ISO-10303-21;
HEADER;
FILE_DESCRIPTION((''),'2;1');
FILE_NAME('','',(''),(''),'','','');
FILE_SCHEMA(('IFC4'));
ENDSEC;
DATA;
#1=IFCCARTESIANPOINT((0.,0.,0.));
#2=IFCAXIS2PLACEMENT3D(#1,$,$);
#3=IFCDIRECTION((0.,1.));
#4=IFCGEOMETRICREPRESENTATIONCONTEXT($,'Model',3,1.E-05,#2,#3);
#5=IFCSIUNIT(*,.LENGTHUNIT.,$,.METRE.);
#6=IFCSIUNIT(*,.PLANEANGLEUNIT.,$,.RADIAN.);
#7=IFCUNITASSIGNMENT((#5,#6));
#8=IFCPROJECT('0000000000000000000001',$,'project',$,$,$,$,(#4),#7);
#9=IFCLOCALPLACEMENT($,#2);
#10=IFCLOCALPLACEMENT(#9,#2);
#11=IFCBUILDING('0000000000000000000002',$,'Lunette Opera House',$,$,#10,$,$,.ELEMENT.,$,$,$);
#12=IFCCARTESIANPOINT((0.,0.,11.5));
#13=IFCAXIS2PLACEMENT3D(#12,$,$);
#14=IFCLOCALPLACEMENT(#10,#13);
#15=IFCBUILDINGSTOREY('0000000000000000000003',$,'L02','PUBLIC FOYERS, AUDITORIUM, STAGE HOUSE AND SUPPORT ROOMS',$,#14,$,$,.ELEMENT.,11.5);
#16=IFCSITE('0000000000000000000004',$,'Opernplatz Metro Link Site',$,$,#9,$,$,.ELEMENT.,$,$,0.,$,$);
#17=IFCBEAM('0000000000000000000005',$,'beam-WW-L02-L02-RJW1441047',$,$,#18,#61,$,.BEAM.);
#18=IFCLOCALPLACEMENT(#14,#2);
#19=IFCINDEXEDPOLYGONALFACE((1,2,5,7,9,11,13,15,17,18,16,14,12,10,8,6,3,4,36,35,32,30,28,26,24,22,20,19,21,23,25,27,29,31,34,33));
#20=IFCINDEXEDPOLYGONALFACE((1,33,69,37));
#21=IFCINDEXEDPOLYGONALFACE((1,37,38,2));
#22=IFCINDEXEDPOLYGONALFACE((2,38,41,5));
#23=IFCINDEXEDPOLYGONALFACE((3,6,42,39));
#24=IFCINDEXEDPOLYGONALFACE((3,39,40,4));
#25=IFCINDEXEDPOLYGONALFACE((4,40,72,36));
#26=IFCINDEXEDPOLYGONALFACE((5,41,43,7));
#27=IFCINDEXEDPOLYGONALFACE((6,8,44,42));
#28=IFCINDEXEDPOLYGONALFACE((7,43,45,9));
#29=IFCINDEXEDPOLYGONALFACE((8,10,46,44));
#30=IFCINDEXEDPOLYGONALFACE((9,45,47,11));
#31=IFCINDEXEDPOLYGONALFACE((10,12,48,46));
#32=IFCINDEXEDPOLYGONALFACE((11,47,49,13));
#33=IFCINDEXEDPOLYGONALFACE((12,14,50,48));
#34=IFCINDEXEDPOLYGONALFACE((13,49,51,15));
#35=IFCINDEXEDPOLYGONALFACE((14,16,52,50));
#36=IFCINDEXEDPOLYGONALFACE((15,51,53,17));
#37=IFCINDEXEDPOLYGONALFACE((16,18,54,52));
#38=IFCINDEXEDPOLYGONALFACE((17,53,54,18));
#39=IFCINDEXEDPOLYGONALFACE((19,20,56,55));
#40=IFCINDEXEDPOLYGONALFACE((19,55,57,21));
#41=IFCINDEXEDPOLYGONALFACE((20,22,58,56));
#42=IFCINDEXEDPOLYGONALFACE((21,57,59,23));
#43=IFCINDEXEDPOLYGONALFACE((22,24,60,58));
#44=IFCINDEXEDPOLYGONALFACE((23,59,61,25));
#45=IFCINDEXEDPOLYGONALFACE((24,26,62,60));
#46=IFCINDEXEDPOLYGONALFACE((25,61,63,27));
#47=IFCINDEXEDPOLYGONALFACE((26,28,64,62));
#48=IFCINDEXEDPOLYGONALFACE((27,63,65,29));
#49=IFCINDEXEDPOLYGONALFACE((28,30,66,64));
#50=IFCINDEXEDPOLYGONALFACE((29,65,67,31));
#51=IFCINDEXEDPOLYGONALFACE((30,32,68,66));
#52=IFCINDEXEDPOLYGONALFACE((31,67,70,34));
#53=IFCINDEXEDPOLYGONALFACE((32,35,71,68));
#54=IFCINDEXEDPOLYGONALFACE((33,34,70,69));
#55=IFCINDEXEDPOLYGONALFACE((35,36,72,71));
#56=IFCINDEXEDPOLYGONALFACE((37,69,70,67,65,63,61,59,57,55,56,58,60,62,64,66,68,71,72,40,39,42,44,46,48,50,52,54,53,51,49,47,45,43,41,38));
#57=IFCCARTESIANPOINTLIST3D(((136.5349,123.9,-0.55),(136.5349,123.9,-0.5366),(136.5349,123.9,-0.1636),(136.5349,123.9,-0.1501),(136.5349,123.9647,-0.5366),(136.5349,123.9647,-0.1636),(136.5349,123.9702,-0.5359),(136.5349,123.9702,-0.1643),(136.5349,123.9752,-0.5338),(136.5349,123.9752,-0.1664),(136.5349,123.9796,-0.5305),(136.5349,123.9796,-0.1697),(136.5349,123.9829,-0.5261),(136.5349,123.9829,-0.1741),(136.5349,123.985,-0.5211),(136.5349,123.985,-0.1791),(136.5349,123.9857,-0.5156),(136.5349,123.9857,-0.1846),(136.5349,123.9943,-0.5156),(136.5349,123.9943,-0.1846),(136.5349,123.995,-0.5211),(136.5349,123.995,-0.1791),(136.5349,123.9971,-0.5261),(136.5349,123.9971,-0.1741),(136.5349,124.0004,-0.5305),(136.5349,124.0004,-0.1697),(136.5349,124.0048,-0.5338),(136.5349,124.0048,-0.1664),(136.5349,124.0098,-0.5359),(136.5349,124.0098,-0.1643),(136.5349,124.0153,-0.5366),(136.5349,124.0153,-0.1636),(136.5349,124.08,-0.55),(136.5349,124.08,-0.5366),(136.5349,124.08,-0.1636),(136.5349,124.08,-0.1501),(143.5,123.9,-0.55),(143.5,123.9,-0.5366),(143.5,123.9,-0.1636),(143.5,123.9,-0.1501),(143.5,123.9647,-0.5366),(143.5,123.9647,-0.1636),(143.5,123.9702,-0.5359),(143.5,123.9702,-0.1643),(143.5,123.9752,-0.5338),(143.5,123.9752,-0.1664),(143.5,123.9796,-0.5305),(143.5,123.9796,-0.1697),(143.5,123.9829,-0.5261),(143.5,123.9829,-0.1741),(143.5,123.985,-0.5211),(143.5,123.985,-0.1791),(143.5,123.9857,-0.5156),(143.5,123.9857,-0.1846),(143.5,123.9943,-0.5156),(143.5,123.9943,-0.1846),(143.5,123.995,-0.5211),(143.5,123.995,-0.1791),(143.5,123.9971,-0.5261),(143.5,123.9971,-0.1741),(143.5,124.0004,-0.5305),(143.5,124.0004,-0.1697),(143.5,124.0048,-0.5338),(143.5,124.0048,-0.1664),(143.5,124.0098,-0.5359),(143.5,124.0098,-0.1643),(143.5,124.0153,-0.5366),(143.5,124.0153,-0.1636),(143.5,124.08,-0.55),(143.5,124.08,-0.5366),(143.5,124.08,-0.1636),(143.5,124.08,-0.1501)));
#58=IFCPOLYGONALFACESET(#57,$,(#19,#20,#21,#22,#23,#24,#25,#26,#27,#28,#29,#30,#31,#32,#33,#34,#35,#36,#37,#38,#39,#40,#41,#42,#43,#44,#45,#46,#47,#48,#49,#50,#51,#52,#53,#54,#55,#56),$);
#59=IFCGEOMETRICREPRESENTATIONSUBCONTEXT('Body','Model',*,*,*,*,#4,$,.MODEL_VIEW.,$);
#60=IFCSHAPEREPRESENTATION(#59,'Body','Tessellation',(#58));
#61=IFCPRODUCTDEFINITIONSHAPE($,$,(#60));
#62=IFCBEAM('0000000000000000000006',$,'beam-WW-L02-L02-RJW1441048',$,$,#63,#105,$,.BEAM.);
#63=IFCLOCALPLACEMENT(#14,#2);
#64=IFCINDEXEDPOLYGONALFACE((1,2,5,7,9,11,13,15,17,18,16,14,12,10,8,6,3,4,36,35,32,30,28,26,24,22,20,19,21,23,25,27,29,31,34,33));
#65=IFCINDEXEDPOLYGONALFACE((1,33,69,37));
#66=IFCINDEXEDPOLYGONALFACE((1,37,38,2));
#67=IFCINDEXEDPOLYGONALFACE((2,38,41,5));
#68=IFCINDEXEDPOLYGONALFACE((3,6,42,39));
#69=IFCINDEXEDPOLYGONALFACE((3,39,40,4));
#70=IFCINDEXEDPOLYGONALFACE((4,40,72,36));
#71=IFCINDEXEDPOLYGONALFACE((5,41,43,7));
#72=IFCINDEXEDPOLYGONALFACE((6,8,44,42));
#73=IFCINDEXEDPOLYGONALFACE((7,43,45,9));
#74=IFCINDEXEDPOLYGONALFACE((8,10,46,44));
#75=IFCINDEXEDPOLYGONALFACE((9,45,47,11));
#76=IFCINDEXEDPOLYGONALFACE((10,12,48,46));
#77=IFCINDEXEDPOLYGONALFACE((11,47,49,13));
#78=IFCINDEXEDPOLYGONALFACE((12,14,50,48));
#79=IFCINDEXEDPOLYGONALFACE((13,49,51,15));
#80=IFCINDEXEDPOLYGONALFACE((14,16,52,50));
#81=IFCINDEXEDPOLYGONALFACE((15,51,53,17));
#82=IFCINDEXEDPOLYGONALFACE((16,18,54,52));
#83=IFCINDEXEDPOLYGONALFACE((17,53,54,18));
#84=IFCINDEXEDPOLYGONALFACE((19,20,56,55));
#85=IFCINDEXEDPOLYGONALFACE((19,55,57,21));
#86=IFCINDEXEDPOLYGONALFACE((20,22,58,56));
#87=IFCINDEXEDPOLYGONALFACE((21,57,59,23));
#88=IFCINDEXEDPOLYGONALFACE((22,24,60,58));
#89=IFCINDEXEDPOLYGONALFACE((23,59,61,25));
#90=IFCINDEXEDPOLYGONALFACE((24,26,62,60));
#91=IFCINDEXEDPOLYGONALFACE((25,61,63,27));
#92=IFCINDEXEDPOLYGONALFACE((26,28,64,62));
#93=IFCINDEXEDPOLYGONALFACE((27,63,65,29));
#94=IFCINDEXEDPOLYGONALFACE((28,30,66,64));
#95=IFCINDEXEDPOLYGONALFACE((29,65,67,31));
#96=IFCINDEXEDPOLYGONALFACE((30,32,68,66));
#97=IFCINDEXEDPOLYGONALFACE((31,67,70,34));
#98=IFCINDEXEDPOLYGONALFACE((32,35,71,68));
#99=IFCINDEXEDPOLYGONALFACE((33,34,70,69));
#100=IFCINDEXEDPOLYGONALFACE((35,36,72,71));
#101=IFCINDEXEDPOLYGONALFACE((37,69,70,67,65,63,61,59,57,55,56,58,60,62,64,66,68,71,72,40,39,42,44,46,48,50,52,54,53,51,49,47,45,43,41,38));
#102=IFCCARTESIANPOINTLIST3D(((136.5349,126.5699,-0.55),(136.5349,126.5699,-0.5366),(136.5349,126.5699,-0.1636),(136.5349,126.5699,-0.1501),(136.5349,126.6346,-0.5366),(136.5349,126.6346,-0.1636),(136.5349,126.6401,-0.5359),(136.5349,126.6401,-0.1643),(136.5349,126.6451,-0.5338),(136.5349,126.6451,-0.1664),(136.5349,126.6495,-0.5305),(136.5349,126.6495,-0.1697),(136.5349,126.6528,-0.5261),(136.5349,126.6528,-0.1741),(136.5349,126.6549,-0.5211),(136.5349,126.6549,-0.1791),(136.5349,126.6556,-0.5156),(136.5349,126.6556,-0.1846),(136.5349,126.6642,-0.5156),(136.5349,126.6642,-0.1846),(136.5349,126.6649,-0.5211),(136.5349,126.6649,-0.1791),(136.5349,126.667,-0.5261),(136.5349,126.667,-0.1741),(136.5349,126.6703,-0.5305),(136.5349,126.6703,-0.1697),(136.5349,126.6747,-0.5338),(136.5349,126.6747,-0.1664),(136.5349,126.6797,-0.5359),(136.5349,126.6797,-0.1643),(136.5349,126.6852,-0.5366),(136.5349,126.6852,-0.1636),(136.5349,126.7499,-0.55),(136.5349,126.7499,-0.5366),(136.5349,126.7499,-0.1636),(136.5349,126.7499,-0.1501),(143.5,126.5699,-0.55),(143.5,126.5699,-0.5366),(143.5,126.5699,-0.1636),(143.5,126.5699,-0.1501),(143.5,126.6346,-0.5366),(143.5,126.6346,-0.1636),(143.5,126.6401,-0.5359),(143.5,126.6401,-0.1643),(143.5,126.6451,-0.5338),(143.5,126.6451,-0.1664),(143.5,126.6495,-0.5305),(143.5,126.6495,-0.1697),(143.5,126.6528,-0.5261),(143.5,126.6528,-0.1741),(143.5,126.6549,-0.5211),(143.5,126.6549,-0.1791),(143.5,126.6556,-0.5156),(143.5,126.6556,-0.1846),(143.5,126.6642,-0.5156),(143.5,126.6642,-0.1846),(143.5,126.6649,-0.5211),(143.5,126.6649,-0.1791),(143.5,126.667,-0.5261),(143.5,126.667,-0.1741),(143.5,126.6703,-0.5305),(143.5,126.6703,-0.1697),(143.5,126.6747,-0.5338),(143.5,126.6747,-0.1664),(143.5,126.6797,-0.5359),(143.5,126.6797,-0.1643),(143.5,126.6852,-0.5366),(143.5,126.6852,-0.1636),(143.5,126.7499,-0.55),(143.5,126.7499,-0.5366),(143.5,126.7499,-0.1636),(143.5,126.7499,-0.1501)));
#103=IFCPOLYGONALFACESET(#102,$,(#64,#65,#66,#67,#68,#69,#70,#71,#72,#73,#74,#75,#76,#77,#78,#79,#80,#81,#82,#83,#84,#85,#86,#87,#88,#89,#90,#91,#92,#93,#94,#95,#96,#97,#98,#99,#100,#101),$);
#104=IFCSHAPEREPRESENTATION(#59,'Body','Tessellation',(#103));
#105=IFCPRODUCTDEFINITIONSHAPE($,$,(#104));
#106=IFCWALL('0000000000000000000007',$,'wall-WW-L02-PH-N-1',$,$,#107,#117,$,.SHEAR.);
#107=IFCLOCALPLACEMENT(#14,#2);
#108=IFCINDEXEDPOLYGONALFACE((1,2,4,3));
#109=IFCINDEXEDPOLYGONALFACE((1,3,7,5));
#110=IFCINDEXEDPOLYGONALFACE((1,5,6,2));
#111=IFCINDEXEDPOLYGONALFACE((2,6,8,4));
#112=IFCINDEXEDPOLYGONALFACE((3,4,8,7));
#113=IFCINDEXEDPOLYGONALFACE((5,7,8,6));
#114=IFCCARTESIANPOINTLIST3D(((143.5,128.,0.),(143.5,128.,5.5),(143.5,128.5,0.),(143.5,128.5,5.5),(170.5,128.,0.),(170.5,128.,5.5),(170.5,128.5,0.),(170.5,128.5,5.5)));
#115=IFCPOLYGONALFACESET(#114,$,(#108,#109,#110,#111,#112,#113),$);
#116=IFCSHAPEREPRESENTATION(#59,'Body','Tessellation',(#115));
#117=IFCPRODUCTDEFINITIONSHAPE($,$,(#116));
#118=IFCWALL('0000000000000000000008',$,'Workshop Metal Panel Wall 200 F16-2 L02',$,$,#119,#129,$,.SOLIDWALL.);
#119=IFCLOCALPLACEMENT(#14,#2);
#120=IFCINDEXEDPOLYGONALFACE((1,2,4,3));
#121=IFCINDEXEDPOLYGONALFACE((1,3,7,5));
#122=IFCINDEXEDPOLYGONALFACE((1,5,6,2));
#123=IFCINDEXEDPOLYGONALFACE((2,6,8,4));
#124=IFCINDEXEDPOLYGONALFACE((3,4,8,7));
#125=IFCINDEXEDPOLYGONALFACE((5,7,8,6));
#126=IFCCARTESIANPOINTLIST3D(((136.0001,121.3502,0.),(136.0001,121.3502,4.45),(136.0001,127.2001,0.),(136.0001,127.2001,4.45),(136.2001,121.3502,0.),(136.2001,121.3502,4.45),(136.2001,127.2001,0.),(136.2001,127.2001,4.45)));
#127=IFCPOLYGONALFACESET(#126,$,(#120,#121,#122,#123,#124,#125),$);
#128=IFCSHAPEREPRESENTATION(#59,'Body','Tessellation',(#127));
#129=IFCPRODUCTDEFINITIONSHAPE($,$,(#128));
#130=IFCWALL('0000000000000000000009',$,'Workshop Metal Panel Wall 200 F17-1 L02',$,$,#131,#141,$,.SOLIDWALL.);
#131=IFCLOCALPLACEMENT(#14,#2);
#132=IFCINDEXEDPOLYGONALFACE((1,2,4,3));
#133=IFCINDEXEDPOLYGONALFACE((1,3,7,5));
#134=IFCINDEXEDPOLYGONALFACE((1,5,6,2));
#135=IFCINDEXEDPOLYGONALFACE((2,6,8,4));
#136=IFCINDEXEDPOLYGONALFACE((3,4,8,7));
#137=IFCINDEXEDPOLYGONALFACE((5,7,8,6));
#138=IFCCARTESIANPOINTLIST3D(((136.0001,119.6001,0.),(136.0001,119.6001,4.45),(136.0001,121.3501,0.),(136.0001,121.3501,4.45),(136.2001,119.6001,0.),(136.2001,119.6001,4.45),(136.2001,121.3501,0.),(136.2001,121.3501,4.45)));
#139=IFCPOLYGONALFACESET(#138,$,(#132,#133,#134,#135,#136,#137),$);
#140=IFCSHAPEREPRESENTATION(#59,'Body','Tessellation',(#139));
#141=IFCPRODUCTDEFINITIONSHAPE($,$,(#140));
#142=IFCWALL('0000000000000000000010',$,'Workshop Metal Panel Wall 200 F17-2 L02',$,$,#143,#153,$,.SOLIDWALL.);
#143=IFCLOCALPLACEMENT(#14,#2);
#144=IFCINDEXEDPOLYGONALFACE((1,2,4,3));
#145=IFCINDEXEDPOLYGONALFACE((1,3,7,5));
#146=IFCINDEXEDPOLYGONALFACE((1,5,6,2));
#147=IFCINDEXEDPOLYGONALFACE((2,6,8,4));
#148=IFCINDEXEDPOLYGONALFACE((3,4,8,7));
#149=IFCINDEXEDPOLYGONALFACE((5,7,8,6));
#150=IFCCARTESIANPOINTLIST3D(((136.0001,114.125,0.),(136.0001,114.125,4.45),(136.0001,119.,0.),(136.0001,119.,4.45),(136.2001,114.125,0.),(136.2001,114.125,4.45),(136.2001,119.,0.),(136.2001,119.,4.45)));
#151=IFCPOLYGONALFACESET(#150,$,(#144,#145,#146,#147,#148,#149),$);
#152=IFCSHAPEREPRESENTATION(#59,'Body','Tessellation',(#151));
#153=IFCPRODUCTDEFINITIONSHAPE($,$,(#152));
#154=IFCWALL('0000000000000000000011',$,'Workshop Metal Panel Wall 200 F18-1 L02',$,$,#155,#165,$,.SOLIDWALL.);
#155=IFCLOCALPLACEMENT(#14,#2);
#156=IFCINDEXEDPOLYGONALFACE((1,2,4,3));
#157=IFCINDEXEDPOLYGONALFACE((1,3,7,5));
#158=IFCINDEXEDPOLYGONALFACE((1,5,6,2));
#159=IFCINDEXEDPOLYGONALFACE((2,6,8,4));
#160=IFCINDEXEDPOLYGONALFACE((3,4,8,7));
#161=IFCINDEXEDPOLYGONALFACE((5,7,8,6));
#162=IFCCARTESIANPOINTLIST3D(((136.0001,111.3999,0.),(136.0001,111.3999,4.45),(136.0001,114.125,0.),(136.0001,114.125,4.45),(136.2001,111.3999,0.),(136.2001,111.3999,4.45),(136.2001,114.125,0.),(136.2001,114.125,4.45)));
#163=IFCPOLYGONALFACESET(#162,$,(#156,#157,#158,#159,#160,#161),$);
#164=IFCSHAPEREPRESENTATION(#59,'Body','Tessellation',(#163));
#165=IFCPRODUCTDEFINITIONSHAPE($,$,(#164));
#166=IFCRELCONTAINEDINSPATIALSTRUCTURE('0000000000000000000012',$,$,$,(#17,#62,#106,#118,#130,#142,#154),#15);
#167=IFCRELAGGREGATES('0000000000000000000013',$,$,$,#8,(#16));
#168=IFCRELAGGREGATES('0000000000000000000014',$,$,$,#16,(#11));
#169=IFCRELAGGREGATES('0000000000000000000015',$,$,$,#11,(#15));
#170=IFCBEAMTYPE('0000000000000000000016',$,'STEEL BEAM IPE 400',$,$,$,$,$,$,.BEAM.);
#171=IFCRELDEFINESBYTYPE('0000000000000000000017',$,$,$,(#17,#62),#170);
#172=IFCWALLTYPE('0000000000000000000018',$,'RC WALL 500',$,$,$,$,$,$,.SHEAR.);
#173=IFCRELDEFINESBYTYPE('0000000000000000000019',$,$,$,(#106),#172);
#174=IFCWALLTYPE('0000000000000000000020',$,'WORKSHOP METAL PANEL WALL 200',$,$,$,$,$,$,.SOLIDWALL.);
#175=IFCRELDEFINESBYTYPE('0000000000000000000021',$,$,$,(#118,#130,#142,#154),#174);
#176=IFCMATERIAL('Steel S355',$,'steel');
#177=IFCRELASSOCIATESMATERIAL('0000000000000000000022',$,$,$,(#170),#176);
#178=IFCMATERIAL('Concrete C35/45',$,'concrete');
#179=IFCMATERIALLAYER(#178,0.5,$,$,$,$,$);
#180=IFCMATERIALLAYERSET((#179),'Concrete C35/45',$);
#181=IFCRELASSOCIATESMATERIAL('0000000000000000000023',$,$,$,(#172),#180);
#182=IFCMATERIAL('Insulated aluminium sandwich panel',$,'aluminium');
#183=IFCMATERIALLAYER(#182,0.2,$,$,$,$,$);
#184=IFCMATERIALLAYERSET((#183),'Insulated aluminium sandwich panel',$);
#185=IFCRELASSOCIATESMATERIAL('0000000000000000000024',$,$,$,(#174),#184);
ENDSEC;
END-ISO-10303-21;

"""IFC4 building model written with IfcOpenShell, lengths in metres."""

from ifc_helpers import new_model, si_unit, direction, frame, frame_2d, origin, origin_2d, place, context, subcontext, project, spatial, rectangle, i_section, extrude, material, layer, layer_set, material_profile, profile_set, type_object, element, save


model = new_model("IFC4")

# Units and contexts
model_context = context("Model", 3, precision=1e-05, world=origin(), true_north=direction((0.0, 1.0)))
body_context = subcontext(model_context, "Body", "Model", "MODEL_VIEW")
ifc_project = project(units=[si_unit("LENGTHUNIT", "METRE"), si_unit("PLANEANGLEUNIT", "RADIAN")], contexts=[model_context])

# Site, building, storey
site_placement = place(None, origin())
site = spatial("IfcSite", under=ifc_project, at=site_placement, Name="Opernplatz Metro Link Site", CompositionType="ELEMENT", RefElevation=0.0)
building_placement = place(site_placement, origin())
building = spatial("IfcBuilding", under=site, at=building_placement, Name="Lunette Opera House", CompositionType="ELEMENT")
storey_placement = place(building_placement, frame((0.0, 0.0, 11.5)))
storey = spatial("IfcBuildingStorey", under=building, at=storey_placement, Name="L02", Description="PUBLIC FOYERS, AUDITORIUM, STAGE HOUSE AND SUPPORT ROOMS", CompositionType="ELEMENT", Elevation=11.5)

# Beams
ifc_material_1 = material(Name="Steel S355", Category="steel")
ifc_material_profile_1 = material_profile(ifc_material_1, i_section(OverallWidth=0.1799, OverallDepth=0.3999, WebThickness=0.0085, FlangeThickness=0.0134, FilletRadius=0.021, at=origin_2d()), Name="IPE 400")
ifc_profile_set_1 = profile_set([ifc_material_profile_1], Name="Steel S355")
beam_type_1 = type_object("IfcBeamType", Name="STEEL BEAM IPE 400", PredefinedType="BEAM", material=ifc_profile_set_1)
for number, where, z_axis, x_axis, name in (
    (1, (143.5, 123.99, -0.3501), (-1.0, 0.0, 0.0), (0.0, -1.0, 0.0), "beam-WW-L02-L02-RJW1441047"),
    (2, (143.5, 126.6599, -0.3501), (-1.0, 0.0, 0.0), (0.0, -1.0, 0.0), "beam-WW-L02-L02-RJW1441048"),
):
    element("IfcBeam", number, at=place(storey_placement, frame(where, z_axis=z_axis, x_axis=x_axis)), inside=storey, type_object=beam_type_1, Name=name, PredefinedType="BEAM", context=body_context, shape_type="SweptSolid", body=[
        extrude(i_section(OverallWidth=0.1799, OverallDepth=0.3999, WebThickness=0.0085, FlangeThickness=0.0134, FilletRadius=0.021, at=origin_2d()), origin(), (0.0, 0.0, 1.0), 6.9651),
    ])

# Walls
ifc_material_2 = material(Name="Concrete C35/45", Category="concrete")
ifc_layer_1 = layer(ifc_material_2, 0.5)
ifc_layer_set_1 = layer_set([ifc_layer_1], Name="Concrete C35/45")
wall_type_1 = type_object("IfcWallType", Name="RC WALL 500", PredefinedType="SHEAR", material=ifc_layer_set_1)
wall_1_placement = place(storey_placement, frame((143.5, 128.25, 0.0), z_axis=(0.0, 0.0, 1.0), x_axis=(1.0, 0.0, 0.0)))
element("IfcWall", 3, at=wall_1_placement, inside=storey, type_object=wall_type_1, Name="wall-WW-L02-PH-N-1", PredefinedType="SHEAR", context=body_context, shape_type="SweptSolid", body=[
    extrude(rectangle(XDim=27.0, YDim=0.5, at=frame_2d((13.5, 0.0))), origin(), (0.0, 0.0, 1.0), 5.5),
])
ifc_material_3 = material(Name="Insulated aluminium sandwich panel", Category="aluminium")
ifc_layer_2 = layer(ifc_material_3, 0.2)
ifc_layer_set_2 = layer_set([ifc_layer_2], Name="Insulated aluminium sandwich panel")
wall_type_2 = type_object("IfcWallType", Name="WORKSHOP METAL PANEL WALL 200", PredefinedType="SOLIDWALL", material=ifc_layer_set_2)
wall_2_placement = place(storey_placement, frame((136.1001, 127.2, 0.0), z_axis=(0.0, 0.0, 1.0), x_axis=(0.0, -1.0, 0.0)))
element("IfcWall", 4, at=wall_2_placement, inside=storey, type_object=wall_type_2, Name="Workshop Metal Panel Wall 200 F16-2 L02", PredefinedType="SOLIDWALL", context=body_context, shape_type="SweptSolid", body=[
    extrude(rectangle(XDim=5.8499, YDim=0.2, at=frame_2d((2.9248, 0.0))), origin(), (0.0, 0.0, 1.0), 4.45),
])
wall_3_placement = place(storey_placement, frame((136.1001, 121.3501, 0.0), z_axis=(0.0, 0.0, 1.0), x_axis=(0.0, -1.0, 0.0)))
element("IfcWall", 5, at=wall_3_placement, inside=storey, type_object=wall_type_2, Name="Workshop Metal Panel Wall 200 F17-1 L02", PredefinedType="SOLIDWALL", context=body_context, shape_type="SweptSolid", body=[
    extrude(rectangle(XDim=1.75, YDim=0.2, at=frame_2d((0.875, 0.0))), origin(), (0.0, 0.0, 1.0), 4.45),
])
wall_4_placement = place(storey_placement, frame((136.1001, 119.0, 0.0), z_axis=(0.0, 0.0, 1.0), x_axis=(0.0, -1.0, 0.0)))
element("IfcWall", 6, at=wall_4_placement, inside=storey, type_object=wall_type_2, Name="Workshop Metal Panel Wall 200 F17-2 L02", PredefinedType="SOLIDWALL", context=body_context, shape_type="SweptSolid", body=[
    extrude(rectangle(XDim=4.875, YDim=0.2, at=frame_2d((2.4375, 0.0))), origin(), (0.0, 0.0, 1.0), 4.45),
])
wall_5_placement = place(storey_placement, frame((136.1001, 114.125, 0.0), z_axis=(0.0, 0.0, 1.0), x_axis=(0.0, -1.0, 0.0)))
element("IfcWall", 7, at=wall_5_placement, inside=storey, type_object=wall_type_2, Name="Workshop Metal Panel Wall 200 F18-1 L02", PredefinedType="SOLIDWALL", context=body_context, shape_type="SweptSolid", body=[
    extrude(rectangle(XDim=2.7251, YDim=0.2, at=frame_2d((1.3625, 0.0))), origin(), (0.0, 0.0, 1.0), 4.45),
])

save(model, "model.ifc")
